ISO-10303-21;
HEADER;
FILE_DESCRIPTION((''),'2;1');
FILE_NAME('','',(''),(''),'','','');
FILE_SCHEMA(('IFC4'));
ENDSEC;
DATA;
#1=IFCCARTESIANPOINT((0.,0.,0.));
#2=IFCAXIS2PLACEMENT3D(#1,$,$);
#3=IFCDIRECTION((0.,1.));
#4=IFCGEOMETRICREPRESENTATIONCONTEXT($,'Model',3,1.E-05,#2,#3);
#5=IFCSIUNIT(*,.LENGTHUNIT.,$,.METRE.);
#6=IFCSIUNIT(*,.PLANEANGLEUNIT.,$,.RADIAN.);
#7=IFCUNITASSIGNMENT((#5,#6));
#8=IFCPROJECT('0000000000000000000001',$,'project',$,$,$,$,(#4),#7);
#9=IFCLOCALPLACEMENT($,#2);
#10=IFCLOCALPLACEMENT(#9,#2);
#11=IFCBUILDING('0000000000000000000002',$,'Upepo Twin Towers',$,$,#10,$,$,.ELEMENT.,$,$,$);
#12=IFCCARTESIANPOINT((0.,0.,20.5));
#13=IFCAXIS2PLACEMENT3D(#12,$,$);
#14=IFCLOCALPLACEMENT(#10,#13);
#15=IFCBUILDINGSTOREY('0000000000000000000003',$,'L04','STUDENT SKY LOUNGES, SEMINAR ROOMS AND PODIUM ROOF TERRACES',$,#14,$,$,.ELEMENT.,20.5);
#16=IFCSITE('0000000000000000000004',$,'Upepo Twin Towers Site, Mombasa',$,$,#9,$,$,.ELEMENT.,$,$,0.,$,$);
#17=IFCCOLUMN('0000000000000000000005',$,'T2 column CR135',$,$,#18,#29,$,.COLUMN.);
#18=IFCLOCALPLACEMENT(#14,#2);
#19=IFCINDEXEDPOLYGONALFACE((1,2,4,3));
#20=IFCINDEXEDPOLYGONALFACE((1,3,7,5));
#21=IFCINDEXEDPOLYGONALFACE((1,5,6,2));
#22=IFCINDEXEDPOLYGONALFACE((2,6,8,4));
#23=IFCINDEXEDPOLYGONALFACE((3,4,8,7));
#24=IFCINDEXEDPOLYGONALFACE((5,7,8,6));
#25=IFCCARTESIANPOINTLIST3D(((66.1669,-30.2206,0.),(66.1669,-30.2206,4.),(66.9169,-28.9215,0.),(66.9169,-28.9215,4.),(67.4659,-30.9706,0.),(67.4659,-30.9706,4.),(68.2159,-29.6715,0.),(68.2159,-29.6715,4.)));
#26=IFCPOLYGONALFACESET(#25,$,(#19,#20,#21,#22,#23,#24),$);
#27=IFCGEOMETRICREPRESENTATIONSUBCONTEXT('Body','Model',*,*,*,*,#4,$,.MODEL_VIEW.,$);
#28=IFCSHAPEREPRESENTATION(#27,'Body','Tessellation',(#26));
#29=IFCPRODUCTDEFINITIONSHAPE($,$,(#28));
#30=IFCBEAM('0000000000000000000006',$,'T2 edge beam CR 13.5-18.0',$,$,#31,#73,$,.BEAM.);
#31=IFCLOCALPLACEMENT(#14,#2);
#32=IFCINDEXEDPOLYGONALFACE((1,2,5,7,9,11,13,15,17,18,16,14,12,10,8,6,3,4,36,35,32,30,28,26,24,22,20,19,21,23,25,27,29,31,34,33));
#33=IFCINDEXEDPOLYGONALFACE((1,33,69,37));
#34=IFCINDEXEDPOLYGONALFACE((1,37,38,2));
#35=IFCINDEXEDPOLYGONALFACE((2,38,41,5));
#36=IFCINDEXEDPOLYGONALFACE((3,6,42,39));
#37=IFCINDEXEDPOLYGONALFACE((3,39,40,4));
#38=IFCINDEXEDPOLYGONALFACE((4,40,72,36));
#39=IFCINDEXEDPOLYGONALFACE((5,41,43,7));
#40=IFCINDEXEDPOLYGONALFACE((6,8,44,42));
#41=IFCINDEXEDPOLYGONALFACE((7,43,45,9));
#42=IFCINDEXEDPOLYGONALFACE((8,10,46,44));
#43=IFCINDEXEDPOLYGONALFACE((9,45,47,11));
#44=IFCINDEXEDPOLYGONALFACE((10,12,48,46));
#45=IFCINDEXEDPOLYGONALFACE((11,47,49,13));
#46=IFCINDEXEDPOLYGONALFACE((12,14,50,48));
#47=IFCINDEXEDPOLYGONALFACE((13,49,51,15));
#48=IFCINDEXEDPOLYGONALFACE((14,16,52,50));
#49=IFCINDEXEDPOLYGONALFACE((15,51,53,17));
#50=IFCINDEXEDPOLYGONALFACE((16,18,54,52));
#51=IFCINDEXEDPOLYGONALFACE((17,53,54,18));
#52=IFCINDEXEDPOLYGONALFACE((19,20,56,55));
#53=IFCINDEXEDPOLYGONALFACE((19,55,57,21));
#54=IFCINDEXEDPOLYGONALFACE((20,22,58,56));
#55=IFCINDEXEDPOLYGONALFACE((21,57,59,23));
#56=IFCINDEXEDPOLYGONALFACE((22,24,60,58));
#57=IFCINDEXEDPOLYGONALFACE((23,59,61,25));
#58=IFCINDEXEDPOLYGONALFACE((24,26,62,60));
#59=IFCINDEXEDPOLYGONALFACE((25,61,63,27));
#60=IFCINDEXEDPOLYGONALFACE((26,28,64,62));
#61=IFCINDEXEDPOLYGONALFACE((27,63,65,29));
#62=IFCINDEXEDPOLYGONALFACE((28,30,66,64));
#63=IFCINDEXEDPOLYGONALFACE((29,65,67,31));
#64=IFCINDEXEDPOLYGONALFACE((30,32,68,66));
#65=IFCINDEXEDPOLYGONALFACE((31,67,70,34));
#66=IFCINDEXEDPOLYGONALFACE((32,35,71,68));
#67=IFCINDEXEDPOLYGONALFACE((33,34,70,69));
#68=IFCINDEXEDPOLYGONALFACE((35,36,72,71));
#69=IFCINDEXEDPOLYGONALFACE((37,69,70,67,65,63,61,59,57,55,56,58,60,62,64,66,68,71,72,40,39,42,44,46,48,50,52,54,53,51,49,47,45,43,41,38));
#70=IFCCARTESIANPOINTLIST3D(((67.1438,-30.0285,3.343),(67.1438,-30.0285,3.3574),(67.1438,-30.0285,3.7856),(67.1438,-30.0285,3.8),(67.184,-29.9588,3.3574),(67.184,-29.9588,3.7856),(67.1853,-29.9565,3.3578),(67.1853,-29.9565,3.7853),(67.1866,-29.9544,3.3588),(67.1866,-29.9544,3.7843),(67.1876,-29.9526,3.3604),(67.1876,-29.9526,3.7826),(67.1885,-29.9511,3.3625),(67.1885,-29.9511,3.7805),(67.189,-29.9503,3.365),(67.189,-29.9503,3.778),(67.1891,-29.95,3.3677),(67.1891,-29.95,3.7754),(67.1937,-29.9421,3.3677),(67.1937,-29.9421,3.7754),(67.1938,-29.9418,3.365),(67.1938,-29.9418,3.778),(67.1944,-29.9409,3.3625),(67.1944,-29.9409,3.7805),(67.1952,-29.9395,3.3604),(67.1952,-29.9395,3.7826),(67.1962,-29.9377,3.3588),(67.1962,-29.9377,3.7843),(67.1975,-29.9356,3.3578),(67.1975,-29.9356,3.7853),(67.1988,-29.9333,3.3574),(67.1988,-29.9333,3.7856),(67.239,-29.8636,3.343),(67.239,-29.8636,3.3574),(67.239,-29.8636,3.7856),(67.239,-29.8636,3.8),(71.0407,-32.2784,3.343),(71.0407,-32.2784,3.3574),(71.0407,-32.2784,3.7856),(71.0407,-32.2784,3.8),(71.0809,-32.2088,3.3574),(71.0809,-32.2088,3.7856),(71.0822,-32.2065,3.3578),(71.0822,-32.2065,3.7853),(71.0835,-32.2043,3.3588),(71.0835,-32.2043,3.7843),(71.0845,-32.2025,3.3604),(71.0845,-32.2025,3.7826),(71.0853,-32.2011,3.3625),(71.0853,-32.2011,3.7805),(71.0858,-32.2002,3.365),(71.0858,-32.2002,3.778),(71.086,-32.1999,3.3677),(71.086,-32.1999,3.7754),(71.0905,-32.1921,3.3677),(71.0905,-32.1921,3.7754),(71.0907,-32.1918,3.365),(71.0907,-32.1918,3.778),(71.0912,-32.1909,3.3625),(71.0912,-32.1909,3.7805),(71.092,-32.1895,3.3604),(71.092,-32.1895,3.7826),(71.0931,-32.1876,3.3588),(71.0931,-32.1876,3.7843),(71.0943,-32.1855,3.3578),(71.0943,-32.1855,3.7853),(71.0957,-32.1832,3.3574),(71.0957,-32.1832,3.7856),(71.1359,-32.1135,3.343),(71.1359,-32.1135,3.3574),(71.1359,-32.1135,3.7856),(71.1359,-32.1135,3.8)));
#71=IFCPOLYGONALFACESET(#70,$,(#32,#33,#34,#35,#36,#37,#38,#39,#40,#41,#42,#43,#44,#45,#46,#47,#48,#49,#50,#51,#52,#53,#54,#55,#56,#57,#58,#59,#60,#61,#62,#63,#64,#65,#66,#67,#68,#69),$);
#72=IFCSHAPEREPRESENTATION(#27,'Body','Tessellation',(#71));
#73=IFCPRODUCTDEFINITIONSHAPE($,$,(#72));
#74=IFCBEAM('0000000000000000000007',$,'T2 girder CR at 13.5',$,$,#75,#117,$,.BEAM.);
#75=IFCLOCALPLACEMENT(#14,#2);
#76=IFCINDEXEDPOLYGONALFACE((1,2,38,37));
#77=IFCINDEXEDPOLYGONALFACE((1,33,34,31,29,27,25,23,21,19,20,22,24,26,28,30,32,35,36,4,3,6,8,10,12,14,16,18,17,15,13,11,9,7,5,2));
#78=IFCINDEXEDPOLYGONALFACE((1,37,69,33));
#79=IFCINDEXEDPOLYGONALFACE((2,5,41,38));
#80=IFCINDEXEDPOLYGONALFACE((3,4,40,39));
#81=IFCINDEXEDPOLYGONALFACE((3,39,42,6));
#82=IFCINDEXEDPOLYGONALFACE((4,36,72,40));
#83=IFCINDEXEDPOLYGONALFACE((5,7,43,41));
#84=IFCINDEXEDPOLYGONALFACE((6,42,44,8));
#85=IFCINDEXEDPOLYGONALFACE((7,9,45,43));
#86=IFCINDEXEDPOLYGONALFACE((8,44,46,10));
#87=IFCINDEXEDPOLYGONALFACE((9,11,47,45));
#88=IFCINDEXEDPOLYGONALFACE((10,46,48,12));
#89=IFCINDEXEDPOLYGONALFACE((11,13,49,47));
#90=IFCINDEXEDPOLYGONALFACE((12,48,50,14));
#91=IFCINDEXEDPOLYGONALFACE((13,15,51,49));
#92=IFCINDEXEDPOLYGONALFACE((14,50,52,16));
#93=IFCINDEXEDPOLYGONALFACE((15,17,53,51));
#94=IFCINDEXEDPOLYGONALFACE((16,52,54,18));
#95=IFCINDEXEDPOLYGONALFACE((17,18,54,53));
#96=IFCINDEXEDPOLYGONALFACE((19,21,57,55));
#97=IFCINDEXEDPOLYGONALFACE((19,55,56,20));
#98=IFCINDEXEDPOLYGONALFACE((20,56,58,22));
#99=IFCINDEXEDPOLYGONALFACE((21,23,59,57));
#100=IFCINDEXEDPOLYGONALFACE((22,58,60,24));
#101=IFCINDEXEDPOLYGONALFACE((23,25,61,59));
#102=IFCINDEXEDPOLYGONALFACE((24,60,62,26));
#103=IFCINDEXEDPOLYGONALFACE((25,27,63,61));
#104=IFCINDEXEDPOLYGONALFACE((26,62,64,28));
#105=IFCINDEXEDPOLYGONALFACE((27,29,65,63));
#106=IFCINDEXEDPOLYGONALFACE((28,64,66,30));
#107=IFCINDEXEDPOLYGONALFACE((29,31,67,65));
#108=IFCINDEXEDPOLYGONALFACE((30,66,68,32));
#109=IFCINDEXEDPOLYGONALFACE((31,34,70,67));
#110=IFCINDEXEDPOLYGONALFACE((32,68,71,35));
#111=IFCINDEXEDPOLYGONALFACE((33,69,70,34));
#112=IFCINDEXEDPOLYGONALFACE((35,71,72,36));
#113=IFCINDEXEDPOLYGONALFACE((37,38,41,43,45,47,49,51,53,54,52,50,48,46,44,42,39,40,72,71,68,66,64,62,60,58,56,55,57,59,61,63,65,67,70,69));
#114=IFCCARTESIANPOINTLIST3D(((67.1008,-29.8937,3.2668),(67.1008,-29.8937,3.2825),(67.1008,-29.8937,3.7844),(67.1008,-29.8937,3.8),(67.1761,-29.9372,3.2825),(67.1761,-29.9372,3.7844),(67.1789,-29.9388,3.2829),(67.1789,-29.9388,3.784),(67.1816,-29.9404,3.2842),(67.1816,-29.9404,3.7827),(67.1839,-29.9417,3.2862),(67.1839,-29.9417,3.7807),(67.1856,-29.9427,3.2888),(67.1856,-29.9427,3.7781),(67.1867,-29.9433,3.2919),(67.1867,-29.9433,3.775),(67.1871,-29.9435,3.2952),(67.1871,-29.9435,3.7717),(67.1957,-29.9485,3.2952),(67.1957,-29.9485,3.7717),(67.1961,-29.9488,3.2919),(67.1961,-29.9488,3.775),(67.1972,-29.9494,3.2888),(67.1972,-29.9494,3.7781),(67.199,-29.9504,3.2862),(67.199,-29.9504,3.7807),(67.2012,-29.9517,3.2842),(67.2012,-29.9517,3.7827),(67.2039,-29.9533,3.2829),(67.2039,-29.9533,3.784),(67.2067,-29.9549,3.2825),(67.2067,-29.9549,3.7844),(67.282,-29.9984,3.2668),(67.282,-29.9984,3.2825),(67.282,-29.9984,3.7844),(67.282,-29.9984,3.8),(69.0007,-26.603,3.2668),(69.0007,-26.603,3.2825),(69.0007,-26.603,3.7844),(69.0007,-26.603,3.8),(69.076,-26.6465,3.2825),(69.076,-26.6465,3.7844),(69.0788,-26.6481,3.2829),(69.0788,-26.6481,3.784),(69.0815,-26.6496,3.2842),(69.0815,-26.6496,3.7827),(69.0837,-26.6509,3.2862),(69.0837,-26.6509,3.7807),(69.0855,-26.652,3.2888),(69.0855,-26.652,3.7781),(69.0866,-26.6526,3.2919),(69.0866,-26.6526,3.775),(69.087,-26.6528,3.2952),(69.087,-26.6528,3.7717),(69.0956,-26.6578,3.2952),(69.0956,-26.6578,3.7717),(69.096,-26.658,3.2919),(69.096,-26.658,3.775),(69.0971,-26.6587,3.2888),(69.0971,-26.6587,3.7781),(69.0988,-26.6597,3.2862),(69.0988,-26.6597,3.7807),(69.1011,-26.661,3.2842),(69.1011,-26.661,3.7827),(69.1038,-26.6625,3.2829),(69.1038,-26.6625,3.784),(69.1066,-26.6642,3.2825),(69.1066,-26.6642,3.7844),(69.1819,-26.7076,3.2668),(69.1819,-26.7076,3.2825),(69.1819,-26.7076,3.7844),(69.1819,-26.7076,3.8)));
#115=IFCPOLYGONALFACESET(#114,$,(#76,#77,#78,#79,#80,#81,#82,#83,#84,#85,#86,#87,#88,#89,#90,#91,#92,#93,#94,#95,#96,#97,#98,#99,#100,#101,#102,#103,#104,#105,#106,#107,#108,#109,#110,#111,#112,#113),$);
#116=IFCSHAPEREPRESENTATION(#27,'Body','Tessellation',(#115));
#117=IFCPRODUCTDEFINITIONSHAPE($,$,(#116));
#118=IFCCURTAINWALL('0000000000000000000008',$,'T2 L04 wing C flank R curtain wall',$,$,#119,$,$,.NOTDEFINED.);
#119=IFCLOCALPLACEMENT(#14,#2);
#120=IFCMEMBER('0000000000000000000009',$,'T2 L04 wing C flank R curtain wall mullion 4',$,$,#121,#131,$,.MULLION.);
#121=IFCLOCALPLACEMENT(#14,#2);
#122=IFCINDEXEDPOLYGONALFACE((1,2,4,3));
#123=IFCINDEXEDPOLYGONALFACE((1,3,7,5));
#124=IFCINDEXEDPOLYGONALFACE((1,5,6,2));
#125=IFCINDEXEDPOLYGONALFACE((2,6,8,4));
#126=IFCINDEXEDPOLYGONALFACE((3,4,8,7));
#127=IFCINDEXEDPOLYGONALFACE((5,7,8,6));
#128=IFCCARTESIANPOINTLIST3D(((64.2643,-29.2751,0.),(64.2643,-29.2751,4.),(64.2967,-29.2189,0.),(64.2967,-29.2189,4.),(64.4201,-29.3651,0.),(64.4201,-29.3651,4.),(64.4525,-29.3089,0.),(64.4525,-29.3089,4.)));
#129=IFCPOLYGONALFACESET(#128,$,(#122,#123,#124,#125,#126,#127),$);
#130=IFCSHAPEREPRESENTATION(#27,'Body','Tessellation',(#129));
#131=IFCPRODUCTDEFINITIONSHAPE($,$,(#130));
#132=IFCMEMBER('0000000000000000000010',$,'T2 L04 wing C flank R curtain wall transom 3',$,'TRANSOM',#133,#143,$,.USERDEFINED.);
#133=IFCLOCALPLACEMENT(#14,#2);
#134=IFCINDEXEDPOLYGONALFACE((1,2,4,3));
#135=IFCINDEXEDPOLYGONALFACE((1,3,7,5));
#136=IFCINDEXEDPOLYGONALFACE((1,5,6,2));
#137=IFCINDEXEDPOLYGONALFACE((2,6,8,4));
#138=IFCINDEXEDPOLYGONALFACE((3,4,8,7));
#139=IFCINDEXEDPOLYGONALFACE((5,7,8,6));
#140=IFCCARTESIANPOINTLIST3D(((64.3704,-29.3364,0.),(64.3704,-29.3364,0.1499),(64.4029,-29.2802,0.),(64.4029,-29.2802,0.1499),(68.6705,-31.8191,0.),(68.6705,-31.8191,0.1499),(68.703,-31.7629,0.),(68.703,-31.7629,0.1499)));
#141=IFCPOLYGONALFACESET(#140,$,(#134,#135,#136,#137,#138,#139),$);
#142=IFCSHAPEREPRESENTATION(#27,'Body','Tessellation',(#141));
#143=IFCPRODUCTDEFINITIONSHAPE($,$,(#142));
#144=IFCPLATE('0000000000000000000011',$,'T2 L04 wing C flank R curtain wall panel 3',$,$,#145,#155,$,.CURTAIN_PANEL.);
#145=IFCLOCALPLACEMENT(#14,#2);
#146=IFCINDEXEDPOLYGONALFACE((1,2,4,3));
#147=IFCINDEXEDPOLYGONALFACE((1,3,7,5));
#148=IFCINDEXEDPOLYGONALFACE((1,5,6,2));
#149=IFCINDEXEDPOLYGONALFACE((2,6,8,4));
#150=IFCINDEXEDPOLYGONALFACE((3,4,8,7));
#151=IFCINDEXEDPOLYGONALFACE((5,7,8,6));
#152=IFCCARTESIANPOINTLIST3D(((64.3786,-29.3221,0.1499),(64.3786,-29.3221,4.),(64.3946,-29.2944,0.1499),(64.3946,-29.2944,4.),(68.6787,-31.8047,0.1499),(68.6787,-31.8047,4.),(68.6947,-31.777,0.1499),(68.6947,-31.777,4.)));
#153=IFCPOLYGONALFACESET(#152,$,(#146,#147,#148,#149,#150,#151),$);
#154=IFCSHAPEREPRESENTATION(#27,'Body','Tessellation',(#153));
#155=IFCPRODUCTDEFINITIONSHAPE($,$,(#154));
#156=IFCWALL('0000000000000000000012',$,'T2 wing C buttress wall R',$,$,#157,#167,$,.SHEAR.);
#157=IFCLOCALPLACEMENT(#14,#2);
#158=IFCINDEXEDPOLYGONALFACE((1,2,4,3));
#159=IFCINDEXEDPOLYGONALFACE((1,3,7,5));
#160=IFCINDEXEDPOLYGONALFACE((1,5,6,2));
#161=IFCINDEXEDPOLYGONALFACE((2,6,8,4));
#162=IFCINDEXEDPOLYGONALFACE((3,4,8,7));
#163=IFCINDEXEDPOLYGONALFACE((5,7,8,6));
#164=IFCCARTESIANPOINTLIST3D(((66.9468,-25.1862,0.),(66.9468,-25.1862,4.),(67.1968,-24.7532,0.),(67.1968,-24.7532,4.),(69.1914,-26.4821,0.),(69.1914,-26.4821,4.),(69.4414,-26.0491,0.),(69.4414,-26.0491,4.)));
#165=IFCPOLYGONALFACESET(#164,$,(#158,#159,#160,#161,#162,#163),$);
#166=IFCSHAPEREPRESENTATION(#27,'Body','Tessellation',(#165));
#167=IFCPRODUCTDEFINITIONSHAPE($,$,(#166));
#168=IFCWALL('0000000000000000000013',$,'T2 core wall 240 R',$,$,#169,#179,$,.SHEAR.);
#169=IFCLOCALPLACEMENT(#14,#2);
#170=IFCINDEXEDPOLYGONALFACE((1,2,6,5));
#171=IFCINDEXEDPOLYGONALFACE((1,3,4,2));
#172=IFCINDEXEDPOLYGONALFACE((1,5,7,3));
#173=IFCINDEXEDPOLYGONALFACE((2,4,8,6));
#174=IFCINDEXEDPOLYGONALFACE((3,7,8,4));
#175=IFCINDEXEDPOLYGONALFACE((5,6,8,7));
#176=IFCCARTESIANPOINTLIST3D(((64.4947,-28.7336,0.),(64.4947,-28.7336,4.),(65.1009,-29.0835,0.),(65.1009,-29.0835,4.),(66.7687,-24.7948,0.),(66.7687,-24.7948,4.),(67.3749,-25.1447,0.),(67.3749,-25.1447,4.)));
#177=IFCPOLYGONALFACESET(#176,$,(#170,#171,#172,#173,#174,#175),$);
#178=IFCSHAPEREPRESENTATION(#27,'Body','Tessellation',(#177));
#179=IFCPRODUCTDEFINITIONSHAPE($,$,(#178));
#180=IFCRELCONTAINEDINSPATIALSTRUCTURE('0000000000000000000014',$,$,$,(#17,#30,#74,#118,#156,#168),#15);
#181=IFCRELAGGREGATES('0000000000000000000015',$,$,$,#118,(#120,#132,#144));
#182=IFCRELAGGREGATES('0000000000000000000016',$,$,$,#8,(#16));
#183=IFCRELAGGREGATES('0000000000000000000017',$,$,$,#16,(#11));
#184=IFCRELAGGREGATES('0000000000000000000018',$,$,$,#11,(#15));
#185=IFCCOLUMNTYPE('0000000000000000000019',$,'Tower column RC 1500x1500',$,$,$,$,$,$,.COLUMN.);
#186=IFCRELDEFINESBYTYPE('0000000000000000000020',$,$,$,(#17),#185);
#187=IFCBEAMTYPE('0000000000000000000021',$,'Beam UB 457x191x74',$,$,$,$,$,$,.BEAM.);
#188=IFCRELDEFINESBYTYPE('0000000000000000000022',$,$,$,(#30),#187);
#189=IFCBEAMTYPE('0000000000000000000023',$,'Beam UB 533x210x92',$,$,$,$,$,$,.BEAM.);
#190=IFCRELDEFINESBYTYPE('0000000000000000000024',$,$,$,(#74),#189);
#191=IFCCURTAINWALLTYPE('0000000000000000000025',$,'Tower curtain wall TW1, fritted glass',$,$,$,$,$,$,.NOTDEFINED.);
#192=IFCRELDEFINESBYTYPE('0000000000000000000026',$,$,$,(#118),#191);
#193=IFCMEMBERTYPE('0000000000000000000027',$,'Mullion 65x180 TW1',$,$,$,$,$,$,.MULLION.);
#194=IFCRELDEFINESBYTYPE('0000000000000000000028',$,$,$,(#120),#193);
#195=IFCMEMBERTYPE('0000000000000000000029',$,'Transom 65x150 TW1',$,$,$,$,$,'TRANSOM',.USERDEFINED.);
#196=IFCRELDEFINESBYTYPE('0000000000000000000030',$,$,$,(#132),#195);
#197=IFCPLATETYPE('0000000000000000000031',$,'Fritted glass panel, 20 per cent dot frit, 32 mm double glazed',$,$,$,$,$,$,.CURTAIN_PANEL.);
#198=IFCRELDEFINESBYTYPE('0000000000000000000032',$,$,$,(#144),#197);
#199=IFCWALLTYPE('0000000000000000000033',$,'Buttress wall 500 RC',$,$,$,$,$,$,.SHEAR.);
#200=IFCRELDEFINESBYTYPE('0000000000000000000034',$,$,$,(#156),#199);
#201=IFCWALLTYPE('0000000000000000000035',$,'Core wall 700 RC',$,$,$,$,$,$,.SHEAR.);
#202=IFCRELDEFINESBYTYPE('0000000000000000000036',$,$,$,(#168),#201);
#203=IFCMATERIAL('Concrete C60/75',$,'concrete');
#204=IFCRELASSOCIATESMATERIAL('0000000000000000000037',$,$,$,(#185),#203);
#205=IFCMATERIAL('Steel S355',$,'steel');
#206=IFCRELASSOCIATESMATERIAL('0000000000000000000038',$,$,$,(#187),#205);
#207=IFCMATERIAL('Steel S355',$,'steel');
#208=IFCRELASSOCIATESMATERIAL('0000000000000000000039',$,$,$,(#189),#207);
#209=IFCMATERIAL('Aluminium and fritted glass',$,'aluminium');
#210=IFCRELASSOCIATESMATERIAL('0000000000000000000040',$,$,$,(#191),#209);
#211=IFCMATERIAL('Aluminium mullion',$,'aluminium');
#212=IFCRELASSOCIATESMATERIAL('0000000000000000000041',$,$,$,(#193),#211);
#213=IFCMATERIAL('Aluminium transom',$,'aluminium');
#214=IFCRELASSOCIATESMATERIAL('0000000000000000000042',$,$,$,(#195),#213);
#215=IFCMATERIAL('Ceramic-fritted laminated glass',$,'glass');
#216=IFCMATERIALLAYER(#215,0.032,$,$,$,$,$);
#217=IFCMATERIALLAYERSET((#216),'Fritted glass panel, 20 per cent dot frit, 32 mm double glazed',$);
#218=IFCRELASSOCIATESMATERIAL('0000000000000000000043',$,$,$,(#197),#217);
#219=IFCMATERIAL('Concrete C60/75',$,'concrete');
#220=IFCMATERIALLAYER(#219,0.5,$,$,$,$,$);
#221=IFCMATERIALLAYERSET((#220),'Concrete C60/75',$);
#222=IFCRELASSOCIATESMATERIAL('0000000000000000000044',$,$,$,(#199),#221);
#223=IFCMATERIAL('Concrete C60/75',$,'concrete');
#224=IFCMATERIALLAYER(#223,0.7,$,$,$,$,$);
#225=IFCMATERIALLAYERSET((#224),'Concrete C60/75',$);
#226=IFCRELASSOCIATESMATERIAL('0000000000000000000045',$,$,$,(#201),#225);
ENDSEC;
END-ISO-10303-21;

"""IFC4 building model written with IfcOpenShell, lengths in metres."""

from ifc_helpers import new_model, si_unit, direction, frame, frame_2d, origin, origin_2d, place, context, subcontext, project, spatial, rectangle, i_section, extrude, material, layer, layer_set, material_profile, profile_set, type_object, element, aggregate, save


model = new_model("IFC4")

# Units and contexts
model_context = context("Model", 3, precision=1e-05, world=origin(), true_north=direction((0.0, 1.0)))
body_context = subcontext(model_context, "Body", "Model", "MODEL_VIEW")
ifc_project = project(units=[si_unit("LENGTHUNIT", "METRE"), si_unit("PLANEANGLEUNIT", "RADIAN")], contexts=[model_context])

# Site, building, storey
site_placement = place(None, origin())
site = spatial("IfcSite", under=ifc_project, at=site_placement, Name="Upepo Twin Towers Site, Mombasa", CompositionType="ELEMENT", RefElevation=0.0)
building_placement = place(site_placement, origin())
building = spatial("IfcBuilding", under=site, at=building_placement, Name="Upepo Twin Towers", CompositionType="ELEMENT")
storey_placement = place(building_placement, frame((0.0, 0.0, 20.5)))
storey = spatial("IfcBuildingStorey", under=building, at=storey_placement, Name="L04", Description="STUDENT SKY LOUNGES, SEMINAR ROOMS AND PODIUM ROOF TERRACES", CompositionType="ELEMENT", Elevation=20.5)

# Column
ifc_material_1 = material(Name="Concrete C60/75", Category="concrete")
ifc_material_profile_1 = material_profile(ifc_material_1, rectangle(XDim=1.5, YDim=1.5, at=origin_2d()), Name="RC 1500x1500")
ifc_profile_set_1 = profile_set([ifc_material_profile_1], Name="Concrete C60/75")
column_type = type_object("IfcColumnType", Name="Tower column RC 1500x1500", PredefinedType="COLUMN", material=ifc_profile_set_1)
column_placement = place(storey_placement, frame((67.1914, -29.946, 0.0), z_axis=(0.0, 0.0, 1.0), x_axis=(0.5, 0.866025, 0.0)))
element("IfcColumn", 1, at=column_placement, inside=storey, type_object=column_type, Name="T2 column CR135", PredefinedType="COLUMN", context=body_context, shape_type="SweptSolid", body=[
    extrude(rectangle(XDim=1.5, YDim=1.5, at=origin_2d()), origin(), (0.0, 0.0, 1.0), 4.0),
])

# Beams
ifc_material_2 = material(Name="Steel S355", Category="steel")
ifc_material_profile_2 = material_profile(ifc_material_2, i_section(OverallWidth=0.1904, OverallDepth=0.457, WebThickness=0.009, FlangeThickness=0.0144, FilletRadius=0.0103, at=origin_2d()), Name="UB 457x191x74")
ifc_profile_set_2 = profile_set([ifc_material_profile_2], Name="Steel S355")
beam_type_1 = type_object("IfcBeamType", Name="Beam UB 457x191x74", PredefinedType="BEAM", material=ifc_profile_set_2)
beam_1_placement = place(storey_placement, frame((67.1914, -29.946, 3.5715), z_axis=(0.866018, -0.500014, 0.0), x_axis=(0.500014, 0.866018, 0.0)))
element("IfcBeam", 2, at=beam_1_placement, inside=storey, type_object=beam_type_1, Name="T2 edge beam CR 13.5-18.0", PredefinedType="BEAM", context=body_context, shape_type="SweptSolid", body=[
    extrude(i_section(OverallWidth=0.1904, OverallDepth=0.457, WebThickness=0.009, FlangeThickness=0.0144, FilletRadius=0.0103, at=origin_2d()), origin(), (0.0, 0.0, 1.0), 4.4998),
])
ifc_material_3 = material(Name="Steel S355", Category="steel")
ifc_material_profile_3 = material_profile(ifc_material_3, i_section(OverallWidth=0.2092, OverallDepth=0.5332, WebThickness=0.01, FlangeThickness=0.0156, FilletRadius=0.0127, at=origin_2d()), Name="UB 533x210x92")
ifc_profile_set_3 = profile_set([ifc_material_profile_3], Name="Steel S355")
beam_type_2 = type_object("IfcBeamType", Name="Beam UB 533x210x92", PredefinedType="BEAM", material=ifc_profile_set_3)
beam_2_placement = place(storey_placement, frame((67.1914, -29.946, 3.5334), z_axis=(0.499995, 0.866028, 0.0), x_axis=(-0.866028, 0.499995, 0.0)))
element("IfcBeam", 3, at=beam_2_placement, inside=storey, type_object=beam_type_2, Name="T2 girder CR at 13.5", PredefinedType="BEAM", context=body_context, shape_type="SweptSolid", body=[
    extrude(i_section(OverallWidth=0.2092, OverallDepth=0.5332, WebThickness=0.01, FlangeThickness=0.0156, FilletRadius=0.0127, at=origin_2d()), origin(), (0.0, 0.0, 1.0), 3.7998),
])

# Curtain wall, members, plate
ifc_material_4 = material(Name="Aluminium and fritted glass", Category="aluminium")
curtain_wall_type = type_object("IfcCurtainWallType", Name="Tower curtain wall TW1, fritted glass", PredefinedType="NOTDEFINED", material=ifc_material_4)
curtain_wall_placement = place(storey_placement, origin())
curtain_wall = element("IfcCurtainWall", 4, at=curtain_wall_placement, inside=storey, type_object=curtain_wall_type, Name="T2 L04 wing C flank R curtain wall", PredefinedType="NOTDEFINED")
ifc_material_5 = material(Name="Aluminium mullion", Category="aluminium")
ifc_material_profile_4 = material_profile(ifc_material_5, rectangle(XDim=0.0649, YDim=0.1799, at=origin_2d()), Name="MULLION 65x180")
ifc_profile_set_4 = profile_set([ifc_material_profile_4], Name="Aluminium mullion")
member_type_1 = type_object("IfcMemberType", Name="Mullion 65x180 TW1", PredefinedType="MULLION", material=ifc_profile_set_4)
member_1_placement = place(storey_placement, frame((64.3584, -29.292, 0.0), z_axis=(0.0, 0.0, 1.0), x_axis=(-0.5, -0.866025, 0.0)))
member_1 = element("IfcMember", 5, at=member_1_placement, type_object=member_type_1, Name="T2 L04 wing C flank R curtain wall mullion 4", PredefinedType="MULLION", context=body_context, shape_type="SweptSolid", body=[
    extrude(rectangle(XDim=0.0649, YDim=0.1799, at=origin_2d()), origin(), (0.0, 0.0, 1.0), 4.0),
])
ifc_material_6 = material(Name="Aluminium transom", Category="aluminium")
ifc_material_profile_5 = material_profile(ifc_material_6, rectangle(XDim=0.0649, YDim=0.1499, at=origin_2d()), Name="TRANSOM 65x150")
ifc_profile_set_5 = profile_set([ifc_material_profile_5], Name="Aluminium transom")
member_type_2 = type_object("IfcMemberType", Name="Transom 65x150 TW1", ElementType="TRANSOM", PredefinedType="USERDEFINED", material=ifc_profile_set_5)
member_2_placement = place(storey_placement, frame((68.6868, -31.791, 0.075), z_axis=(-0.866023, 0.500005, 0.0), x_axis=(-0.500005, -0.866023, 0.0)))
member_2 = element("IfcMember", 6, at=member_2_placement, type_object=member_type_2, Name="T2 L04 wing C flank R curtain wall transom 3", ObjectType="TRANSOM", PredefinedType="USERDEFINED", context=body_context, shape_type="SweptSolid", body=[
    extrude(rectangle(XDim=0.0649, YDim=0.1499, at=origin_2d()), origin(), (0.0, 0.0, 1.0), 4.9653),
])
ifc_material_7 = material(Name="Ceramic-fritted laminated glass", Category="glass")
ifc_layer_1 = layer(ifc_material_7, 0.032)
ifc_layer_set_1 = layer_set([ifc_layer_1], Name="Fritted glass panel, 20 per cent dot frit, 32 mm double glazed")
plate_type = type_object("IfcPlateType", Name="Fritted glass panel, 20 per cent dot frit, 32 mm double glazed", PredefinedType="CURTAIN_PANEL", material=ifc_layer_set_1)
plate_placement = place(storey_placement, frame((66.5366, -30.5496, 0.1499), z_axis=(0.0, 0.0, 1.0), x_axis=(-0.866025, 0.5, 0.0)))
plate = element("IfcPlate", 7, at=plate_placement, type_object=plate_type, Name="T2 L04 wing C flank R curtain wall panel 3", PredefinedType="CURTAIN_PANEL", context=body_context, shape_type="SweptSolid", body=[
    extrude(rectangle(XDim=4.9653, YDim=0.032, at=origin_2d()), origin(), (0.0, 0.0, 1.0), 3.8501),
])
aggregate(curtain_wall, [member_1, member_2, plate])

# Walls
ifc_material_8 = material(Name="Concrete C60/75", Category="concrete")
ifc_layer_2 = layer(ifc_material_8, 0.5)
ifc_layer_set_2 = layer_set([ifc_layer_2], Name="Concrete C60/75")
wall_type_1 = type_object("IfcWallType", Name="Buttress wall 500 RC", PredefinedType="SHEAR", material=ifc_layer_set_2)
wall_1_placement = place(storey_placement, frame((67.0718, -24.9697, 0.0), z_axis=(0.0, 0.0, 1.0), x_axis=(0.866032, -0.499989, 0.0)))
element("IfcWall", 8, at=wall_1_placement, inside=storey, type_object=wall_type_1, Name="T2 wing C buttress wall R", PredefinedType="SHEAR", context=body_context, shape_type="SweptSolid", body=[
    extrude(rectangle(XDim=2.5918, YDim=0.5, at=frame_2d((1.2959, 0.0))), origin(), (0.0, 0.0, 1.0), 4.0),
])
ifc_material_9 = material(Name="Concrete C60/75", Category="concrete")
ifc_layer_3 = layer(ifc_material_9, 0.7)
ifc_layer_set_3 = layer_set([ifc_layer_3], Name="Concrete C60/75")
wall_type_2 = type_object("IfcWallType", Name="Core wall 700 RC", PredefinedType="SHEAR", material=ifc_layer_set_3)
wall_2_placement = place(storey_placement, frame((64.7979, -28.9084, 0.0), z_axis=(0.0, 0.0, 1.0), x_axis=(0.499984, 0.866035, 0.0)))
element("IfcWall", 9, at=wall_2_placement, inside=storey, type_object=wall_type_2, Name="T2 core wall 240 R", PredefinedType="SHEAR", context=body_context, shape_type="SweptSolid", body=[
    extrude(rectangle(XDim=4.5481, YDim=0.7, at=frame_2d((2.2739, 0.0))), origin(), (0.0, 0.0, 1.0), 4.0),
])

save(model, "model.ifc")
